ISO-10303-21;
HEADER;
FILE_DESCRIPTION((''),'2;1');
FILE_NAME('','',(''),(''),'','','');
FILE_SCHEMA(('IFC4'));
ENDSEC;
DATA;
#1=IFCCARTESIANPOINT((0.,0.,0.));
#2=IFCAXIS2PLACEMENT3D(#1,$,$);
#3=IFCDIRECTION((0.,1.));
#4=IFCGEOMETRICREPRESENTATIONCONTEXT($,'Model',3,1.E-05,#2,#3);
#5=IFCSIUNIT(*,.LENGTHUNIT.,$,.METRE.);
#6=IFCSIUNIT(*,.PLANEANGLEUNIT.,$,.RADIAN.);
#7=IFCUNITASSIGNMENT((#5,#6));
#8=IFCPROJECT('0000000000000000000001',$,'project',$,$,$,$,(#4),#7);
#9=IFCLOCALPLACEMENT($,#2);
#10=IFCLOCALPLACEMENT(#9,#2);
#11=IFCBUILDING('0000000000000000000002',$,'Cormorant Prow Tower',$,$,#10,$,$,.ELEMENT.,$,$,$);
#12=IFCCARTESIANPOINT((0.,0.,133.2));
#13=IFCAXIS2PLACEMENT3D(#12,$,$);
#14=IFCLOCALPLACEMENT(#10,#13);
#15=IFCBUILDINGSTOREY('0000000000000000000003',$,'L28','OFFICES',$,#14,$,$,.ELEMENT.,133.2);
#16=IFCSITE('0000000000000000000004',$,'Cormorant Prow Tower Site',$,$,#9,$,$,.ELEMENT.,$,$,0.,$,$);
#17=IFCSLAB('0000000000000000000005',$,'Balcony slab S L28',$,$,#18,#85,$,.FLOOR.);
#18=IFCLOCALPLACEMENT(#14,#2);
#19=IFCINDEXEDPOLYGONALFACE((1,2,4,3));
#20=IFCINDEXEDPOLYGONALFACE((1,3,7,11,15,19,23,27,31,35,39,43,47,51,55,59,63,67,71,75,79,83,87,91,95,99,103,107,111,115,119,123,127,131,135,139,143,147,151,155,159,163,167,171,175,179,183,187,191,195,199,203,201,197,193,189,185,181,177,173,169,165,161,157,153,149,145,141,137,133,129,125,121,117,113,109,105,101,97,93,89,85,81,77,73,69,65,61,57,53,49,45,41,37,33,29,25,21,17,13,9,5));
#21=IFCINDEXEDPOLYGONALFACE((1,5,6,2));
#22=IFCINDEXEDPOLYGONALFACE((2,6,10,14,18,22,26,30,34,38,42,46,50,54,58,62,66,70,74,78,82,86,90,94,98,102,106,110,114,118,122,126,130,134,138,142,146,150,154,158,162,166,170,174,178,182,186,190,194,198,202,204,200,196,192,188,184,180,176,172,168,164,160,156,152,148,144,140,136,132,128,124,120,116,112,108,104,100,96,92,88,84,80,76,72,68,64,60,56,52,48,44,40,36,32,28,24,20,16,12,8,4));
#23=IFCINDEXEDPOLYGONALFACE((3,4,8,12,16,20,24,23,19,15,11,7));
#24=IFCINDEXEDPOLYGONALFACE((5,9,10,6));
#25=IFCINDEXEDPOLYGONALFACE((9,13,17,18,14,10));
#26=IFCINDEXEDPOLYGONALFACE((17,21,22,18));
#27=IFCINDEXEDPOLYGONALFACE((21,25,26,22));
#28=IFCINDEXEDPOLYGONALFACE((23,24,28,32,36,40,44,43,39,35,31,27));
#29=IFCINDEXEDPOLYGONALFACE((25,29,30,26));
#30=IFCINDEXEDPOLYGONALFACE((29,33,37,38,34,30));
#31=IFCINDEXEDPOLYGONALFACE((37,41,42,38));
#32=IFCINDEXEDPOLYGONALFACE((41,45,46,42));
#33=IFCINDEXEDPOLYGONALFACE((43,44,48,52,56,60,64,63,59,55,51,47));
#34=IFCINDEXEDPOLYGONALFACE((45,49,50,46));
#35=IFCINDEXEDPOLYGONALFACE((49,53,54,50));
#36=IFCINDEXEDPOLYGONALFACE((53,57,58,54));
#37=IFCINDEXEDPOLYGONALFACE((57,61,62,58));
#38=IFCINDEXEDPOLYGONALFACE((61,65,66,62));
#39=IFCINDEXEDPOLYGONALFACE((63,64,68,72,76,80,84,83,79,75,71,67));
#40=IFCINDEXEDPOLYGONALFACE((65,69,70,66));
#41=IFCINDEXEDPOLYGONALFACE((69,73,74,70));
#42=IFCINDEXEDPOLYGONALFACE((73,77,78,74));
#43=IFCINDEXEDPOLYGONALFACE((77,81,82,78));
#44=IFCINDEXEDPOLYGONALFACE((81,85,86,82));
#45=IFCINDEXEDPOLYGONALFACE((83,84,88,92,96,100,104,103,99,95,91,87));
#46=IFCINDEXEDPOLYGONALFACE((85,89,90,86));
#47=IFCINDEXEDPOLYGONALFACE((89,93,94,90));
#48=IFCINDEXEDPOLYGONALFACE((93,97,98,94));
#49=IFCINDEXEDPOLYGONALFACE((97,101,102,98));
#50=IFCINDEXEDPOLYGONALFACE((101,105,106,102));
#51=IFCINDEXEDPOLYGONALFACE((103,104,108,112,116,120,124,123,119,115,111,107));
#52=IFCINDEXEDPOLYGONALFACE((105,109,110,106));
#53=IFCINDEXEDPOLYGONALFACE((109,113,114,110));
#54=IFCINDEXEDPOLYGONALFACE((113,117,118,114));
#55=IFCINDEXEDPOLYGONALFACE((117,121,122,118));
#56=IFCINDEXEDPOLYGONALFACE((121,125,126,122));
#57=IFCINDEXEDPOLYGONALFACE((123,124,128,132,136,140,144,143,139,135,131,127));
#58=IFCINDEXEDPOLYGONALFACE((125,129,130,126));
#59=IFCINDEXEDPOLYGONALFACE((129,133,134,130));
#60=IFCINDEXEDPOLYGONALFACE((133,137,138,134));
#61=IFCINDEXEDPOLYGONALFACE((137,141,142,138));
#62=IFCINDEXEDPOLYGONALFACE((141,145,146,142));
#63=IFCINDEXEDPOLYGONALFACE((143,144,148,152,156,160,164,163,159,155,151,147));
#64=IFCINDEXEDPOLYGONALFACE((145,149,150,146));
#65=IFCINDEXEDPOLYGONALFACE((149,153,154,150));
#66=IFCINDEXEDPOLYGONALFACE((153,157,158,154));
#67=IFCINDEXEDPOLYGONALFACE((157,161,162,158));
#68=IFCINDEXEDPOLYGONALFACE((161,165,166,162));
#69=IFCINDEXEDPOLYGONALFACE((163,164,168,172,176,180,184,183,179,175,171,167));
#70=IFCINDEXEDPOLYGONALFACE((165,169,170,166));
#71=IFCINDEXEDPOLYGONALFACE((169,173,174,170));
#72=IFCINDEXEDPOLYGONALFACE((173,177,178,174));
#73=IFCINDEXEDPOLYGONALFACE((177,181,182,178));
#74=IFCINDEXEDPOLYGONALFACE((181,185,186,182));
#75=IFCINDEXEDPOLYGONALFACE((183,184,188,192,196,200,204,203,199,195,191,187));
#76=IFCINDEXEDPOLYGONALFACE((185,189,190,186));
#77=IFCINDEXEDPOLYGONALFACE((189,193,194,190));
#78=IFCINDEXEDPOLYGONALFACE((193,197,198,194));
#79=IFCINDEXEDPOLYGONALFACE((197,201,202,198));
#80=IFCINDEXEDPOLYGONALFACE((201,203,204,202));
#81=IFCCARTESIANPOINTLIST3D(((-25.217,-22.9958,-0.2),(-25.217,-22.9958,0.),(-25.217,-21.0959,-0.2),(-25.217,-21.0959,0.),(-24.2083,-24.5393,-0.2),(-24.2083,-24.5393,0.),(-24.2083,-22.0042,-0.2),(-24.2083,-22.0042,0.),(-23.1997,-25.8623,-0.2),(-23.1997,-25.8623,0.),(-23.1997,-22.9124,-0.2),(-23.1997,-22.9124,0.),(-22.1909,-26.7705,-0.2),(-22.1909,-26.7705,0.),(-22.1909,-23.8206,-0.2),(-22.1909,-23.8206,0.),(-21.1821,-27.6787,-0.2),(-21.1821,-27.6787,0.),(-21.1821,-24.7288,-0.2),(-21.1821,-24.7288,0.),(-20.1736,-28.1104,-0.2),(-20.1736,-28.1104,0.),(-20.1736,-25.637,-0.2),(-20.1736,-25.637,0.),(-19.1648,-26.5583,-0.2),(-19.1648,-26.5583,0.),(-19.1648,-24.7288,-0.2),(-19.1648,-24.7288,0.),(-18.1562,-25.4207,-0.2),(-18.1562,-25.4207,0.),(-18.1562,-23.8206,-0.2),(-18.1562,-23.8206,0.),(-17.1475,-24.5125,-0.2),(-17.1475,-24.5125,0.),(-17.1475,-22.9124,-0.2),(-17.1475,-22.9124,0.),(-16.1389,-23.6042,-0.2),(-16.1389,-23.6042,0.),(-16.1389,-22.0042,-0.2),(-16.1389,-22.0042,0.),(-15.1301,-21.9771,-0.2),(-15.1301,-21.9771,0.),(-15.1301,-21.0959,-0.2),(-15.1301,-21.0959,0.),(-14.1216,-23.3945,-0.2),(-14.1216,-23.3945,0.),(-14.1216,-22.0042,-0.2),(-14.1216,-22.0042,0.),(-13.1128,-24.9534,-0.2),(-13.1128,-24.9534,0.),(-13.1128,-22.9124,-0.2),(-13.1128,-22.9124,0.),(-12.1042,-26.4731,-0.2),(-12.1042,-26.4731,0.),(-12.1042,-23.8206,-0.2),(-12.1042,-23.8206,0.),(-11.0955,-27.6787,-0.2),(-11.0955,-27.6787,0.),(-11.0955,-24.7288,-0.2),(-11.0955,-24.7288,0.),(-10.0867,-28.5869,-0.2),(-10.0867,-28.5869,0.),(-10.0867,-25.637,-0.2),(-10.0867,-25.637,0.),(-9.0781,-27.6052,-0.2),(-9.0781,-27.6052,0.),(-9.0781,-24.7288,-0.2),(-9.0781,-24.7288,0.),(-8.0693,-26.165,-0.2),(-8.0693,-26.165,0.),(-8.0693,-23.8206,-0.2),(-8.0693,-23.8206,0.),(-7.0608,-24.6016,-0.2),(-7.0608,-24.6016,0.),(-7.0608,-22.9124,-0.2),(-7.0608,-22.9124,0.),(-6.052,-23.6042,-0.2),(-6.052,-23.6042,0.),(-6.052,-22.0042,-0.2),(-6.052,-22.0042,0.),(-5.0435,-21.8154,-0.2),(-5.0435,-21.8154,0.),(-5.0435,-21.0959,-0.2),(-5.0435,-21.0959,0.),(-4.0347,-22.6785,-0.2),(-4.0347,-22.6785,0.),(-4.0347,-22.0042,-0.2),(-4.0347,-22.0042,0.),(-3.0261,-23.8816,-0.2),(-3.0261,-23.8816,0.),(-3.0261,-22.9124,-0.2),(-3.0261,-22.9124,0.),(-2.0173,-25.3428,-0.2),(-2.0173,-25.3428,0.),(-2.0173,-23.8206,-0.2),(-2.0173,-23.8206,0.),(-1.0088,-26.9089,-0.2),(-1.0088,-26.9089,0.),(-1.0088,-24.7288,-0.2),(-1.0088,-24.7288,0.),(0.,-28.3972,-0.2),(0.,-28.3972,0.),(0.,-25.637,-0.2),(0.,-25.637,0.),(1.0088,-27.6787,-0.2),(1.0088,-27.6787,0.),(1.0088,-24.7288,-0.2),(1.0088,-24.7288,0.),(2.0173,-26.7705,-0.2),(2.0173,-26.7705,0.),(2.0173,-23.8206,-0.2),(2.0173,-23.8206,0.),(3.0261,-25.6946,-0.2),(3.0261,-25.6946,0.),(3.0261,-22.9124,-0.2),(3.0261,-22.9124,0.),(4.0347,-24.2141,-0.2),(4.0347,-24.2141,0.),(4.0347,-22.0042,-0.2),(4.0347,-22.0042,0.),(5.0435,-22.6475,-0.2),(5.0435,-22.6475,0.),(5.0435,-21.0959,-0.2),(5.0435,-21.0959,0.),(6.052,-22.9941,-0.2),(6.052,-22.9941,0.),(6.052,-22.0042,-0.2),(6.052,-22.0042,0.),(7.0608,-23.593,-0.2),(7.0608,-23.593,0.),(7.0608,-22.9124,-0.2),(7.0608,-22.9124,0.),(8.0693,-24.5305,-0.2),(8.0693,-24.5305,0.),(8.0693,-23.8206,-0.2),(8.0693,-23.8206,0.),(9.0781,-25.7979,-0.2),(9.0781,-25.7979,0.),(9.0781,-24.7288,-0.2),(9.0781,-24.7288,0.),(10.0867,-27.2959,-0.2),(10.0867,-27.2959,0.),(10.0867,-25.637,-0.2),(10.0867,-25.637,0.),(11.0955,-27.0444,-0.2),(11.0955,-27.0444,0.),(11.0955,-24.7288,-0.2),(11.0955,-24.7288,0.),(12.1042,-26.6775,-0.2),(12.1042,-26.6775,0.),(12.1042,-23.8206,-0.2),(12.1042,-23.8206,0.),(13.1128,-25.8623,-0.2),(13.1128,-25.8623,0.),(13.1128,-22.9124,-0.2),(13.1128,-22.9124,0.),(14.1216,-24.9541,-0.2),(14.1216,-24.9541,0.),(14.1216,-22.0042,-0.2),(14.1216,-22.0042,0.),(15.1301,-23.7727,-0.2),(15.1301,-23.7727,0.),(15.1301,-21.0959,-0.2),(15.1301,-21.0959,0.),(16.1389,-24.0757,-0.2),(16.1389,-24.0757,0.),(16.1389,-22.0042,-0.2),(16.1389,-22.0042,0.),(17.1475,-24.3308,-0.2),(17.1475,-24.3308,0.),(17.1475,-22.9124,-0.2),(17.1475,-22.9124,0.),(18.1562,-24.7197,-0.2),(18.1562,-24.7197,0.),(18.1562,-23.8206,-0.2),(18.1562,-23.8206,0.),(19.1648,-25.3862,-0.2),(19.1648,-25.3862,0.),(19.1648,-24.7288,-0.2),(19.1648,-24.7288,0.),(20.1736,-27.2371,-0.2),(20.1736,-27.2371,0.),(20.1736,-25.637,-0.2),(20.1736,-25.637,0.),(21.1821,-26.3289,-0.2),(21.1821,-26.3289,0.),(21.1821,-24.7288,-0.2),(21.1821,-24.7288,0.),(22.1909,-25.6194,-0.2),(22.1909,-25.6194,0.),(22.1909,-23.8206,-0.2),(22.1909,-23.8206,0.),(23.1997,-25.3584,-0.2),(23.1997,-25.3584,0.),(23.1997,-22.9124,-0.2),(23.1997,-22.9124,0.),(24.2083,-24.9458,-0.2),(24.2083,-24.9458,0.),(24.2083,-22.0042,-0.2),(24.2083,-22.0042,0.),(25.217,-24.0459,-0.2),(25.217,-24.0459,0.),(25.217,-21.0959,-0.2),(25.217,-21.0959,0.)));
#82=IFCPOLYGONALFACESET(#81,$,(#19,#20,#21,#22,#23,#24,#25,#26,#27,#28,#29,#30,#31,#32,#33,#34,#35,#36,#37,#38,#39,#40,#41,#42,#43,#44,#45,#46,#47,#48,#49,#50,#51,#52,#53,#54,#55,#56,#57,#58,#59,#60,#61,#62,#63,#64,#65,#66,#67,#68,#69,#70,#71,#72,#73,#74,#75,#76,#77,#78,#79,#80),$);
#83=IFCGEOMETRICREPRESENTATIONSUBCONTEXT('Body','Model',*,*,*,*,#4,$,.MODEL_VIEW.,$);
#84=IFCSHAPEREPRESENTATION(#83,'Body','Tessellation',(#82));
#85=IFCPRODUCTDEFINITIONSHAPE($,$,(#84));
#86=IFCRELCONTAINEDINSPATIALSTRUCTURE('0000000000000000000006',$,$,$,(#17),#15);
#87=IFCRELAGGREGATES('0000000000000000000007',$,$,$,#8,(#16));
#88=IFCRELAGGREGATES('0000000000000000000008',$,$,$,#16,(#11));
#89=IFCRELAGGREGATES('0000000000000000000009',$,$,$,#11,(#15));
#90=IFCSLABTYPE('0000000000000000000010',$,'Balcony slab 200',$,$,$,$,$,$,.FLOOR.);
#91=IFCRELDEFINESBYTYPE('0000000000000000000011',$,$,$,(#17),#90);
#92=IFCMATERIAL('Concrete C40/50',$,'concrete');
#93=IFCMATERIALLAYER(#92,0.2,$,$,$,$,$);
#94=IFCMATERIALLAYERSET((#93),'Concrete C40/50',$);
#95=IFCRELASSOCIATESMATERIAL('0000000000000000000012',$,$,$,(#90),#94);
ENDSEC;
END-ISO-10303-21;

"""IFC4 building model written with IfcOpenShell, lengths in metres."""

from ifc_helpers import new_model, si_unit, direction, frame, origin, place, context, subcontext, project, spatial, polyline, outline, extrude, material, layer, layer_set, type_object, element, save


model = new_model("IFC4")

# Units and contexts
model_context = context("Model", 3, precision=1e-05, world=origin(), true_north=direction((0.0, 1.0)))
body_context = subcontext(model_context, "Body", "Model", "MODEL_VIEW")
ifc_project = project(units=[si_unit("LENGTHUNIT", "METRE"), si_unit("PLANEANGLEUNIT", "RADIAN")], contexts=[model_context])

# Site, building, storey
site_placement = place(None, origin())
site = spatial("IfcSite", under=ifc_project, at=site_placement, Name="Cormorant Prow Tower Site", CompositionType="ELEMENT", RefElevation=0.0)
building_placement = place(site_placement, origin())
building = spatial("IfcBuilding", under=site, at=building_placement, Name="Cormorant Prow Tower", CompositionType="ELEMENT")
storey_placement = place(building_placement, frame((0.0, 0.0, 133.2)))
storey = spatial("IfcBuildingStorey", under=building, at=storey_placement, Name="L28", Description="OFFICES", CompositionType="ELEMENT", Elevation=133.2)

# Slab
ifc_material_1 = material(Name="Concrete C40/50", Category="concrete")
ifc_layer_1 = layer(ifc_material_1, 0.2)
ifc_layer_set_1 = layer_set([ifc_layer_1], Name="Concrete C40/50")
slab_type_1 = type_object("IfcSlabType", Name="Balcony slab 200", PredefinedType="FLOOR", material=ifc_layer_set_1)
slab_1_placement = place(storey_placement, frame((0.0, 0.0, -0.2)))
element("IfcSlab", 1, at=slab_1_placement, inside=storey, type_object=slab_type_1, Name="Balcony slab S L28", PredefinedType="FLOOR", context=body_context, shape_type="SweptSolid", body=[
    extrude(outline(polyline([(-25.217, -21.0959), (-25.217, -22.9958), (-24.2083, -24.5393), (-23.1997, -25.8623), (-22.1909, -26.7705), (-21.1821, -27.6787), (-20.1736, -28.1104), (-19.1648, -26.5583), (-18.1562, -25.4207), (-17.1475, -24.5125), (-16.1389, -23.6042), (-15.1301, -21.9771), (-14.1216, -23.3945), (-13.1128, -24.9534), (-12.1042, -26.4731), (-11.0955, -27.6787), (-10.0867, -28.5869), (-9.0781, -27.6052), (-8.0693, -26.165), (-7.0608, -24.6016), (-6.052, -23.6042), (-5.0435, -21.8154), (-4.0347, -22.6785), (-3.0261, -23.8816), (-2.0173, -25.3428), (-1.0088, -26.9089), (0.0, -28.3972), (1.0088, -27.6787), (2.0173, -26.7705), (3.0261, -25.6946), (4.0347, -24.2141), (5.0435, -22.6475), (6.052, -22.9941), (7.0608, -23.593), (8.0693, -24.5305), (9.0781, -25.7979), (10.0867, -27.2959), (11.0955, -27.0444), (12.1042, -26.6775), (13.1128, -25.8623), (14.1216, -24.9541), (15.1301, -23.7727), (16.1389, -24.0757), (17.1475, -24.3308), (18.1562, -24.7197), (19.1648, -25.3862), (20.1736, -27.2371), (21.1821, -26.3289), (22.1909, -25.6194), (23.1997, -25.3584), (24.2083, -24.9458), (25.217, -24.0459), (25.217, -21.0959), (24.2083, -22.0042), (23.1997, -22.9124), (22.1909, -23.8206), (21.1821, -24.7288), (20.1736, -25.637), (19.1648, -24.7288), (18.1562, -23.8206), (17.1475, -22.9124), (16.1389, -22.0042), (15.1301, -21.0959), (14.1216, -22.0042), (13.1128, -22.9124), (12.1042, -23.8206), (11.0955, -24.7288), (10.0867, -25.637), (9.0781, -24.7288), (8.0693, -23.8206), (7.0608, -22.9124), (6.052, -22.0042), (5.0435, -21.0959), (4.0347, -22.0042), (3.0261, -22.9124), (2.0173, -23.8206), (1.0088, -24.7288), (0.0, -25.637), (-1.0088, -24.7288), (-2.0173, -23.8206), (-3.0261, -22.9124), (-4.0347, -22.0042), (-5.0435, -21.0959), (-6.052, -22.0042), (-7.0608, -22.9124), (-8.0693, -23.8206), (-9.0781, -24.7288), (-10.0867, -25.637), (-11.0955, -24.7288), (-12.1042, -23.8206), (-13.1128, -22.9124), (-14.1216, -22.0042), (-15.1301, -21.0959), (-16.1389, -22.0042), (-17.1475, -22.9124), (-18.1562, -23.8206), (-19.1648, -24.7288), (-20.1736, -25.637), (-21.1821, -24.7288), (-22.1909, -23.8206), (-23.1997, -22.9124), (-24.2083, -22.0042), (-25.217, -21.0959)])), origin(), (0.0, 0.0, 1.0), 0.2),
])

save(model, "model.ifc")
